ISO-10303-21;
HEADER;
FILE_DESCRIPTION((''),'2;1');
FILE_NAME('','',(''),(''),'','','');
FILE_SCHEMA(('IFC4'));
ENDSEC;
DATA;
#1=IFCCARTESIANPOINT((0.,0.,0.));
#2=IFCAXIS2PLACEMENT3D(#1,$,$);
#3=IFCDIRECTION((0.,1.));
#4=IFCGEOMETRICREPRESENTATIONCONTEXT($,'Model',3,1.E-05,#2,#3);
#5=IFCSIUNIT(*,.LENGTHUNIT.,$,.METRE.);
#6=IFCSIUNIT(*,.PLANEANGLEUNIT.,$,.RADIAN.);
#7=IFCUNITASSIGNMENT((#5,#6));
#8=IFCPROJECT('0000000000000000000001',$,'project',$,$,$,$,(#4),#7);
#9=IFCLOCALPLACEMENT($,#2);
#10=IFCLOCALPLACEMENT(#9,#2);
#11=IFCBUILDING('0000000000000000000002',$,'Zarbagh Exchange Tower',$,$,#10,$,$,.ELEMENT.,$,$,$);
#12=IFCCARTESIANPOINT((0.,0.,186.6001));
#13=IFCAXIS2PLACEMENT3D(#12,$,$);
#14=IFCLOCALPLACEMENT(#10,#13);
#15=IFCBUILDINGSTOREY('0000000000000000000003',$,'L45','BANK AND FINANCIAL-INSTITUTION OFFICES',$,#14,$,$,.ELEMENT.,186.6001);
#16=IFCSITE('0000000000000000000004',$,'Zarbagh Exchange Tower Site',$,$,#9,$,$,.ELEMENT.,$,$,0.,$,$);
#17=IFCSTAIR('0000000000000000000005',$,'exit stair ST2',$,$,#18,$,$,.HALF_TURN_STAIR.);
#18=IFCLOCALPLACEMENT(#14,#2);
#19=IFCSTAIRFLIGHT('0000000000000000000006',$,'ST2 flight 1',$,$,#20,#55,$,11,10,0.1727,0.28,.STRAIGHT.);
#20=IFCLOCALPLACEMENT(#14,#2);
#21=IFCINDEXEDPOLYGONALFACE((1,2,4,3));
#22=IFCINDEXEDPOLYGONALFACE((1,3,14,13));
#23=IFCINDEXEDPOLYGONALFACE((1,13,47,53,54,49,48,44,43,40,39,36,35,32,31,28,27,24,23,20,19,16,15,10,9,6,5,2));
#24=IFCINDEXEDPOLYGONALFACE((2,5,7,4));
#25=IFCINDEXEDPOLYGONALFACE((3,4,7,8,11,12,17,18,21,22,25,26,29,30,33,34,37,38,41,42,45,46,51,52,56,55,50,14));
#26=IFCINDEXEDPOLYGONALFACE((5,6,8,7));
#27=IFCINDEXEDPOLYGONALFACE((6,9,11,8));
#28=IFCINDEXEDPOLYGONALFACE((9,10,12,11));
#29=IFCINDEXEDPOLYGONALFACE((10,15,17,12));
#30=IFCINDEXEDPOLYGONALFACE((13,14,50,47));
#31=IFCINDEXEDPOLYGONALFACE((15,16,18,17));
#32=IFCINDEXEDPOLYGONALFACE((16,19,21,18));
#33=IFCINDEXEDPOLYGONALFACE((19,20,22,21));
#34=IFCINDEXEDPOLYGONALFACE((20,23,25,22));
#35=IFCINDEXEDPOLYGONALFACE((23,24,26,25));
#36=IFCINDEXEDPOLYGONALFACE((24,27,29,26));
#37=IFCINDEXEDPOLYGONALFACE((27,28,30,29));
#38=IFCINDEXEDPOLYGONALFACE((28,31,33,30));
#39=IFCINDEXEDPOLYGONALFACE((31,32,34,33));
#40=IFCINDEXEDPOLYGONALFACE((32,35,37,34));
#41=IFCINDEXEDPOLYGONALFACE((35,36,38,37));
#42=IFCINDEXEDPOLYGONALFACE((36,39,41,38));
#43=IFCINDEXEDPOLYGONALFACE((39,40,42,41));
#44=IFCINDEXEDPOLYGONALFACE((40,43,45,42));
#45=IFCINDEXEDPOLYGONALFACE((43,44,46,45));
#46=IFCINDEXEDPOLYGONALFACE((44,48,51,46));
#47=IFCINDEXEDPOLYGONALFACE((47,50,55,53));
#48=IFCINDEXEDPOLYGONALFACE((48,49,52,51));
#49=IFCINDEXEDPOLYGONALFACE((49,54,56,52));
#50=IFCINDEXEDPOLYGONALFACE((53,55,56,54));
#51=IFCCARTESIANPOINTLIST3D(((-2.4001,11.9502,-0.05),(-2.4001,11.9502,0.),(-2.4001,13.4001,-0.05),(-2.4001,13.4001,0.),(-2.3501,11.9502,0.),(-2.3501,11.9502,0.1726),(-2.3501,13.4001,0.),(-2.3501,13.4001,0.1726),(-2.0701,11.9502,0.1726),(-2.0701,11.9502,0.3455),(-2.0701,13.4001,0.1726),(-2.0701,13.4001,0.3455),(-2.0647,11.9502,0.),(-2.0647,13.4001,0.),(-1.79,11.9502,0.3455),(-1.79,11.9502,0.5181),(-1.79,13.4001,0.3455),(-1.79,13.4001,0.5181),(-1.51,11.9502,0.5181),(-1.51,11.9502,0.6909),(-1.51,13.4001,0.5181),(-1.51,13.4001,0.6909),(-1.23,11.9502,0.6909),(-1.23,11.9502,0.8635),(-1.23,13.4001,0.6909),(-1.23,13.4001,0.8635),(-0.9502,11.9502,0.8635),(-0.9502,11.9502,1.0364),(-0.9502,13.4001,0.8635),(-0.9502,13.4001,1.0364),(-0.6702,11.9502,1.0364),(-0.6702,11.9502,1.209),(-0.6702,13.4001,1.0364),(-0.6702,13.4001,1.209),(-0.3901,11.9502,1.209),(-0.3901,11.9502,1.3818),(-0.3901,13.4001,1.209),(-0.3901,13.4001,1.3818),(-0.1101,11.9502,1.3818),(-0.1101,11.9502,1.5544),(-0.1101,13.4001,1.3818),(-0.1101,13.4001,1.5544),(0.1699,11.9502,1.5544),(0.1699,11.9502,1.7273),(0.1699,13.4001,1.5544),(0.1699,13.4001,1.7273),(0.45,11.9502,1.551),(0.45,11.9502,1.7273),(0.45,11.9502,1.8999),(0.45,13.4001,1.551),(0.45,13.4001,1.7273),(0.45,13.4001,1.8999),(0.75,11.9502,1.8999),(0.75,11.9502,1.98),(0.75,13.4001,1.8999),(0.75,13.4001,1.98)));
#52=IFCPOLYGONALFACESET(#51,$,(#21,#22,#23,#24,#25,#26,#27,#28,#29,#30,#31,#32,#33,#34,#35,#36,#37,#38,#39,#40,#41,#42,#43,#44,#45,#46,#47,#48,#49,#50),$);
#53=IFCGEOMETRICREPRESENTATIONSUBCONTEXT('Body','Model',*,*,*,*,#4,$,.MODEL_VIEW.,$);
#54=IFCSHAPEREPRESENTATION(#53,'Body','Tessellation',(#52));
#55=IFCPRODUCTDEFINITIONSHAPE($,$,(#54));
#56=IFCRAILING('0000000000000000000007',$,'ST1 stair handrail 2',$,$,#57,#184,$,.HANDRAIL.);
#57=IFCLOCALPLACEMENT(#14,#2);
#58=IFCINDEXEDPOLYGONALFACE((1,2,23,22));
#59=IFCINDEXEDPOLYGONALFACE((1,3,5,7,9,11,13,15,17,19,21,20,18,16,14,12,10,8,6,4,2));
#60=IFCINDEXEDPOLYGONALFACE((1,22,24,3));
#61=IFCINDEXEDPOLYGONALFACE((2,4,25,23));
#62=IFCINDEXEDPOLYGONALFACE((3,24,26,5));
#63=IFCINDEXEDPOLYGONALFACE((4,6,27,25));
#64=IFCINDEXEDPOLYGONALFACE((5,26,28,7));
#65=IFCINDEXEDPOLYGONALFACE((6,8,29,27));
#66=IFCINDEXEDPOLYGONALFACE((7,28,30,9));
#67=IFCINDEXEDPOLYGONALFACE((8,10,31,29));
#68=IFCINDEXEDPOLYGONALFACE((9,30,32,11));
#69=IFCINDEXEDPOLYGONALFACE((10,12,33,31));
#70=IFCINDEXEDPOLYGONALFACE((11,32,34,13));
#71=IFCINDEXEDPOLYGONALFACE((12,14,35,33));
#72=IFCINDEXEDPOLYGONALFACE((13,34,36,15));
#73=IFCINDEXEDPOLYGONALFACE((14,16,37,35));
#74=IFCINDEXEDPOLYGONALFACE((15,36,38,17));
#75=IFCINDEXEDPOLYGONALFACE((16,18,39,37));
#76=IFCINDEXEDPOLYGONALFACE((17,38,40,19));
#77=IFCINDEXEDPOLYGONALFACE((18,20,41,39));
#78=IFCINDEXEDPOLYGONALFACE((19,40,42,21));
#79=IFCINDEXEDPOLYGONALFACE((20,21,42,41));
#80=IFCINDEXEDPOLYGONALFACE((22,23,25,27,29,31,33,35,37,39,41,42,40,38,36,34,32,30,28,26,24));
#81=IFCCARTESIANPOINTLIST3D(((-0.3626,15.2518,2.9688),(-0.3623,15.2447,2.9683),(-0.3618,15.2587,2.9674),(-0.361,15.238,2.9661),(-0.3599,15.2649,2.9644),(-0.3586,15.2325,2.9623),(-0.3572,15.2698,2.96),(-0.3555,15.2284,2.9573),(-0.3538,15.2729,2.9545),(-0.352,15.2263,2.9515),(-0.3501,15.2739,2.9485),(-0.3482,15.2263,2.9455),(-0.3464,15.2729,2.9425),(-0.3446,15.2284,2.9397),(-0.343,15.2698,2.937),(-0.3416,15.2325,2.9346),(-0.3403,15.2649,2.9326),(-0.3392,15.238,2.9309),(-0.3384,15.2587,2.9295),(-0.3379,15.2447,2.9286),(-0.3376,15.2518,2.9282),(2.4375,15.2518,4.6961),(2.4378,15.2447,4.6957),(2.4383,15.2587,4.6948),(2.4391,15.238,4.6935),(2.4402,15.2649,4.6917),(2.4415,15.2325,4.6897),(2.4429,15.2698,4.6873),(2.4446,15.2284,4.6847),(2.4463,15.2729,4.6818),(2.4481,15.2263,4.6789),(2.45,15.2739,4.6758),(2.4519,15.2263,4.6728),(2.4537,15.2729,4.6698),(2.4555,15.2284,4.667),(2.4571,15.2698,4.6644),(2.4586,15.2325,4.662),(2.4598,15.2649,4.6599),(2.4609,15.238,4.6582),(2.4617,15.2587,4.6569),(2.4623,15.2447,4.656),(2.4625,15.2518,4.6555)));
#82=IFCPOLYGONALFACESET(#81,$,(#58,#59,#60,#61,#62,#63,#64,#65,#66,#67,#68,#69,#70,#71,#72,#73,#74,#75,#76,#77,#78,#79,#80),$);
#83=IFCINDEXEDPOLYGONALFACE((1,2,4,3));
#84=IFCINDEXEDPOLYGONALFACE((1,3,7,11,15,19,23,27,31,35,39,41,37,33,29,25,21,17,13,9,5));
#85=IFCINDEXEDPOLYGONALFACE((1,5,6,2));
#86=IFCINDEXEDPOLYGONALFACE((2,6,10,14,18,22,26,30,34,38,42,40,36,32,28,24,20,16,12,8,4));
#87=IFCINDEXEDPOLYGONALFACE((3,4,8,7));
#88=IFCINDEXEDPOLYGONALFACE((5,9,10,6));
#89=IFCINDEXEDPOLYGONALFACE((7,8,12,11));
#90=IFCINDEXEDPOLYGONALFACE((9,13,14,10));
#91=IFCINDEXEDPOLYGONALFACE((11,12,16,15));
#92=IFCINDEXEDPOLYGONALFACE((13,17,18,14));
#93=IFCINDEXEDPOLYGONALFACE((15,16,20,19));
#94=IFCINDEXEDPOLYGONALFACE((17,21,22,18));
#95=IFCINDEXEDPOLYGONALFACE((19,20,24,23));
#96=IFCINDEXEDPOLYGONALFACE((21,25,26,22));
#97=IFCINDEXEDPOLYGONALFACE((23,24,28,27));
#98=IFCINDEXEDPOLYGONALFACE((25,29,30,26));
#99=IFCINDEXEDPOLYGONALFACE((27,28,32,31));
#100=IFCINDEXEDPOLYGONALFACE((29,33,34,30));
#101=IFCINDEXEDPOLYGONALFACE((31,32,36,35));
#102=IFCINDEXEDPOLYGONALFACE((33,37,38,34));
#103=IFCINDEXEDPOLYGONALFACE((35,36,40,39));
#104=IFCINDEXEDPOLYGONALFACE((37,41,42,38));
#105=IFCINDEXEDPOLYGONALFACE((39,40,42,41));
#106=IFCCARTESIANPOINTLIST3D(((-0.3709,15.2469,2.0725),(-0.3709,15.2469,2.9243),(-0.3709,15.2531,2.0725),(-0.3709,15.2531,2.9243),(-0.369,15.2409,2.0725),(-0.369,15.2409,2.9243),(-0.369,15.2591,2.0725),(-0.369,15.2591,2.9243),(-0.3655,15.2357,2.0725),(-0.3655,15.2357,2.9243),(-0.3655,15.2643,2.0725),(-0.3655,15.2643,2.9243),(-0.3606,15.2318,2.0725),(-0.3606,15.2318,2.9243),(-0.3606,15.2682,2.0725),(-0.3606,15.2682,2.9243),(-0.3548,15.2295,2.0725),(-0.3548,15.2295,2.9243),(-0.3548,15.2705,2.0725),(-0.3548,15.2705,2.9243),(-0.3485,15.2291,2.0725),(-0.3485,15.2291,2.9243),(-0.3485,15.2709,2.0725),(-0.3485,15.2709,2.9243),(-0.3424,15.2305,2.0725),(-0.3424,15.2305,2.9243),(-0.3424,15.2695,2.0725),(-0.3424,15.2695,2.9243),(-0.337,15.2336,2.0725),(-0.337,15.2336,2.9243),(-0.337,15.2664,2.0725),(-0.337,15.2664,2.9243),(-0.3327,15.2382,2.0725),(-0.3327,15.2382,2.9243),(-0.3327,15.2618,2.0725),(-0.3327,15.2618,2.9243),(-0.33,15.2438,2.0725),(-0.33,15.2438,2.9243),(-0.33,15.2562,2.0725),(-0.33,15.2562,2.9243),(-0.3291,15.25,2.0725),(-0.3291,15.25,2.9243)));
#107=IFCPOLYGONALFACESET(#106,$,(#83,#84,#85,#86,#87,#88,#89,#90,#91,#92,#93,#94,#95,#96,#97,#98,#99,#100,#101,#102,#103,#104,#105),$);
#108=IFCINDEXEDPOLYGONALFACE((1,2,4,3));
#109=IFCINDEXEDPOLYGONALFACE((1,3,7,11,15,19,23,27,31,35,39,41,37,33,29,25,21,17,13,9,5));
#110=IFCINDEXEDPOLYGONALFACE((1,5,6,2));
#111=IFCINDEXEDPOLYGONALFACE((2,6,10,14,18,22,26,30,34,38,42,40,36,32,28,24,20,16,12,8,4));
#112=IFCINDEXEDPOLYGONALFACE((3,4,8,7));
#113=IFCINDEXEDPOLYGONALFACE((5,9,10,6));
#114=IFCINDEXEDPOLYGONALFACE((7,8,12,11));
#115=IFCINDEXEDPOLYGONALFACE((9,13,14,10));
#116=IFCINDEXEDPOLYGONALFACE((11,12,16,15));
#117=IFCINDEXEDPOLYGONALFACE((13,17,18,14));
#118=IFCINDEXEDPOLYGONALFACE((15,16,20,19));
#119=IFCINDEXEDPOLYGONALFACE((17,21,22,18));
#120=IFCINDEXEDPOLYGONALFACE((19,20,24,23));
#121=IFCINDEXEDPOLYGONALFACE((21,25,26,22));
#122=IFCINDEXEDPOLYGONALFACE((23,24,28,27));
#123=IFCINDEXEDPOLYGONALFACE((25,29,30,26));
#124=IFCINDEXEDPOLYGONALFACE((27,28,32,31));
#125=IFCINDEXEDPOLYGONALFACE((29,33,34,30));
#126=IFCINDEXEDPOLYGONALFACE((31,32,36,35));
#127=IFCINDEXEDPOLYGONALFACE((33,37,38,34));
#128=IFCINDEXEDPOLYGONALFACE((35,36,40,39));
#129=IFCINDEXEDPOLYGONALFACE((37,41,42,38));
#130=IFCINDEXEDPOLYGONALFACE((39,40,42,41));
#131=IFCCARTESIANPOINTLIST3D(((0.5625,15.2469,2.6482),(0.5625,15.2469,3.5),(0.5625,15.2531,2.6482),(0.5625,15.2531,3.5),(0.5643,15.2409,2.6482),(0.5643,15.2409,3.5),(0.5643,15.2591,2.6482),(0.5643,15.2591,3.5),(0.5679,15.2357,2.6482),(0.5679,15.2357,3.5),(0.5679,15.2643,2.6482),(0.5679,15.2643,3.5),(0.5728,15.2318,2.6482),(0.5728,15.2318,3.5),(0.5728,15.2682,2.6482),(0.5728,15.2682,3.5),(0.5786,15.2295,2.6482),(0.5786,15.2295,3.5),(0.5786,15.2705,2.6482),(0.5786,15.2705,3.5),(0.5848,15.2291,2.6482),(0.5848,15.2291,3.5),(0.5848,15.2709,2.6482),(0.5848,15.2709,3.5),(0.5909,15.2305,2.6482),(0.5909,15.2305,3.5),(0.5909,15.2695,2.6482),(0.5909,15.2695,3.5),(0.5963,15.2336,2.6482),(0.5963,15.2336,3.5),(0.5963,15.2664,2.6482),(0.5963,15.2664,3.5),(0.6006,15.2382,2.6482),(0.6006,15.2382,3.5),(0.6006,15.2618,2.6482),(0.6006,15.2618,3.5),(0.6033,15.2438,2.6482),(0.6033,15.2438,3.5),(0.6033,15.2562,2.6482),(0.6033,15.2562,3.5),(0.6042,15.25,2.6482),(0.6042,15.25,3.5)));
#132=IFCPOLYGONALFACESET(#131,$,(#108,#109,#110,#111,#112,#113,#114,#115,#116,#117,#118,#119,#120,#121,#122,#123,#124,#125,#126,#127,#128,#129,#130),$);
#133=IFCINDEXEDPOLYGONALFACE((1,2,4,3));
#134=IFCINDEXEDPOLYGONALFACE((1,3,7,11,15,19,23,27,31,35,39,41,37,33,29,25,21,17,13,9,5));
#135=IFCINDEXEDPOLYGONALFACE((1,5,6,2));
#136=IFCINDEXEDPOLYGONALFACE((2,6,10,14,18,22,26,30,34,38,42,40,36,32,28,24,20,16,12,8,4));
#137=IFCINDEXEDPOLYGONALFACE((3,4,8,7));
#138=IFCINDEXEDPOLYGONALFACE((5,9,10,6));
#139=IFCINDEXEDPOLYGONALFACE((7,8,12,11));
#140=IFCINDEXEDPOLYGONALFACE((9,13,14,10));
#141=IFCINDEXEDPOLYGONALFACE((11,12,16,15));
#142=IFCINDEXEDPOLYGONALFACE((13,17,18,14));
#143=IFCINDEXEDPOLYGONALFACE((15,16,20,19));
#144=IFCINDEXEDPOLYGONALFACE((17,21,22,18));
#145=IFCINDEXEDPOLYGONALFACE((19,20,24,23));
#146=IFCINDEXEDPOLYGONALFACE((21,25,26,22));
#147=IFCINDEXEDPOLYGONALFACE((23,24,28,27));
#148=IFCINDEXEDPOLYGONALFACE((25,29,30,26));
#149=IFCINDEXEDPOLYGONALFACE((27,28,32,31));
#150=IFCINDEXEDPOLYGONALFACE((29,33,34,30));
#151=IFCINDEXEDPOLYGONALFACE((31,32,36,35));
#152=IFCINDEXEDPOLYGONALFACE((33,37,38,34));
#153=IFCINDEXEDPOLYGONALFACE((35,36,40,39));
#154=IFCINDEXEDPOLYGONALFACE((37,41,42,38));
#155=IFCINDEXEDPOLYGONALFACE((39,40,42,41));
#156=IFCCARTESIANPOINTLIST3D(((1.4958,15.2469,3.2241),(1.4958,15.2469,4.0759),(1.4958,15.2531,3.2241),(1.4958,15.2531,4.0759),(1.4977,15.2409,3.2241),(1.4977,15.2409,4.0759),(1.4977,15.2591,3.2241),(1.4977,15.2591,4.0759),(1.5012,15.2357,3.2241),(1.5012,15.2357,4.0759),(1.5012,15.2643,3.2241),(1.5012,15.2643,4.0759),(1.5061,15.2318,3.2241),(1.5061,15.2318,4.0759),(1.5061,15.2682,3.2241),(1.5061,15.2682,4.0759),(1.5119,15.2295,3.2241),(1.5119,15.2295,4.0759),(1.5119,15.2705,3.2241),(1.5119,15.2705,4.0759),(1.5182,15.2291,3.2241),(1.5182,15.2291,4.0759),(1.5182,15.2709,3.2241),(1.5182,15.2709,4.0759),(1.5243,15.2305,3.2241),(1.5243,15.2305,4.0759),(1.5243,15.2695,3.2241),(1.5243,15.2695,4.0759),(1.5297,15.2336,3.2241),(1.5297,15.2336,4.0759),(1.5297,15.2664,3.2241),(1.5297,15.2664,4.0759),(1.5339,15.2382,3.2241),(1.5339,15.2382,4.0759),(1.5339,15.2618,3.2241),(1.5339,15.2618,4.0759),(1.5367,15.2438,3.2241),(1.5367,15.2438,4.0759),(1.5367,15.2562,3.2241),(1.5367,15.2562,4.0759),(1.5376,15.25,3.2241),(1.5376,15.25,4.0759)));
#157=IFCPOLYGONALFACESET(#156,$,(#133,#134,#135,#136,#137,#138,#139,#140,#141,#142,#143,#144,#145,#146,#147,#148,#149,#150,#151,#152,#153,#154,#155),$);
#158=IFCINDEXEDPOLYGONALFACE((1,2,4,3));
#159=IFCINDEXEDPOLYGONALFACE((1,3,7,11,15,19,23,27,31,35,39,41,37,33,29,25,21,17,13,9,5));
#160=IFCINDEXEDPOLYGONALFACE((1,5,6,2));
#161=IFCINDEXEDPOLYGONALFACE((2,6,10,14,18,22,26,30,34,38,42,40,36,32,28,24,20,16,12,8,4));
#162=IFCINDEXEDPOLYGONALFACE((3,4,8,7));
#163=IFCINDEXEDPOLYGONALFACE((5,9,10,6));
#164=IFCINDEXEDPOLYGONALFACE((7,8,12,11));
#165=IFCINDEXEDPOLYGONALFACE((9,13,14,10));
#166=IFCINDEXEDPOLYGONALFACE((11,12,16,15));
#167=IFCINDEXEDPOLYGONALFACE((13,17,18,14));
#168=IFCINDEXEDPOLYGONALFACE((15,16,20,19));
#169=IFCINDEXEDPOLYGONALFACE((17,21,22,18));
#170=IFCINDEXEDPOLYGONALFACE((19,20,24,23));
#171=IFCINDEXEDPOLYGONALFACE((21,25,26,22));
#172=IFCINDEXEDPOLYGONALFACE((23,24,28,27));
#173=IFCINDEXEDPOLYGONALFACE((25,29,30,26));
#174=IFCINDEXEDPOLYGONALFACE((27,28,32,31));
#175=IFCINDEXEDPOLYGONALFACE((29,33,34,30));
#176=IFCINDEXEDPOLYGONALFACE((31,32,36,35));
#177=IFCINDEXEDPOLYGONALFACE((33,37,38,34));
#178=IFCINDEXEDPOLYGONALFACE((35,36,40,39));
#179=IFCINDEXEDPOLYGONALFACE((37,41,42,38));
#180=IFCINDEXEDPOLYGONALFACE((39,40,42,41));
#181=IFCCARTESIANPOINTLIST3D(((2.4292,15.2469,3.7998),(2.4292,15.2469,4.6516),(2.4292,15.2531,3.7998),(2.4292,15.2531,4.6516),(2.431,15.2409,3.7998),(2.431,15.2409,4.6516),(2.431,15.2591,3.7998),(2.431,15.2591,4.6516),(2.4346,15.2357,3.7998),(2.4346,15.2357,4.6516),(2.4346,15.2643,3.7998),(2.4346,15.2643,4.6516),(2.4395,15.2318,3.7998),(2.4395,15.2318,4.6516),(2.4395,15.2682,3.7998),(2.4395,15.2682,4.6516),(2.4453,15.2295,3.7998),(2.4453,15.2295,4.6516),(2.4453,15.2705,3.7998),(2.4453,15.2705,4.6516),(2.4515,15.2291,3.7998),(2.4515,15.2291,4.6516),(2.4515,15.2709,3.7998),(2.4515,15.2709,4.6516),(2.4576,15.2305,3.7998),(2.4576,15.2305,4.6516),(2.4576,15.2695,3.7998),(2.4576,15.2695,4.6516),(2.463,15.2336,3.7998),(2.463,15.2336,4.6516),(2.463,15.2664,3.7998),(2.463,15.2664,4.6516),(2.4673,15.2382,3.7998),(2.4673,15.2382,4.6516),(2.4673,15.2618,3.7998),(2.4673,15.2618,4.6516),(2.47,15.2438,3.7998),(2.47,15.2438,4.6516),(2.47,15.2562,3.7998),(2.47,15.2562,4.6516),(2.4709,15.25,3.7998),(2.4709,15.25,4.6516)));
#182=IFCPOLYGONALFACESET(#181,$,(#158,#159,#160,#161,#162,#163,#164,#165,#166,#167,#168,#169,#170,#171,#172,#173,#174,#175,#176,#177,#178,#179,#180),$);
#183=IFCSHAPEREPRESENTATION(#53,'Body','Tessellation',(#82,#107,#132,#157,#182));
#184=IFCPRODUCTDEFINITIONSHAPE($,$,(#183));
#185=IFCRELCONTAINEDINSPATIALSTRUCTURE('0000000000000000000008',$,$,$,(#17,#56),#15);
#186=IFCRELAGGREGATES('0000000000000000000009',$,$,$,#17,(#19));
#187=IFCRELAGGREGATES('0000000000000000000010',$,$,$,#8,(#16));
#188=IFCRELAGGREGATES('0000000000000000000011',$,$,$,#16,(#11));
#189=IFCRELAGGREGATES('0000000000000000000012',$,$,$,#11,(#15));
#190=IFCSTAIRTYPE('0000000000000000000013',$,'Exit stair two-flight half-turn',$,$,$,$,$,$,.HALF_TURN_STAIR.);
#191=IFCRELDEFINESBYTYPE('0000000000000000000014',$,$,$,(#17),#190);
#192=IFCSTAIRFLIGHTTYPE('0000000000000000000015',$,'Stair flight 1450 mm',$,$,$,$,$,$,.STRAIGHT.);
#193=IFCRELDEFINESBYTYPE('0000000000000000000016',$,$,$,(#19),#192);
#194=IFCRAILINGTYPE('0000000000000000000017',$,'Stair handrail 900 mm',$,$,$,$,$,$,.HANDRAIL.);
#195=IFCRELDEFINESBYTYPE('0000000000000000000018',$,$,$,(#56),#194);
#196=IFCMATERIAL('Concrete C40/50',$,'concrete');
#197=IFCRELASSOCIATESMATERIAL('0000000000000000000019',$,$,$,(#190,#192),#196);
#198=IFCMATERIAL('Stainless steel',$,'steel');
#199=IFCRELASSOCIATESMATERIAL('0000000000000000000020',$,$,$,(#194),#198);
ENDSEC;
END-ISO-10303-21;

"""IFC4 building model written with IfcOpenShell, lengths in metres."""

from ifc_helpers import new_model, si_unit, direction, frame, origin, origin_2d, place, context, subcontext, project, spatial, polyline, circle, outline, extrude, material, type_object, element, aggregate, save


model = new_model("IFC4")

# Units and contexts
model_context = context("Model", 3, precision=1e-05, world=origin(), true_north=direction((0.0, 1.0)))
body_context = subcontext(model_context, "Body", "Model", "MODEL_VIEW")
ifc_project = project(units=[si_unit("LENGTHUNIT", "METRE"), si_unit("PLANEANGLEUNIT", "RADIAN")], contexts=[model_context])

# Site, building, storey
site_placement = place(None, origin())
site = spatial("IfcSite", under=ifc_project, at=site_placement, Name="Zarbagh Exchange Tower Site", CompositionType="ELEMENT", RefElevation=0.0)
building_placement = place(site_placement, origin())
building = spatial("IfcBuilding", under=site, at=building_placement, Name="Zarbagh Exchange Tower", CompositionType="ELEMENT")
storey_placement = place(building_placement, frame((0.0, 0.0, 186.6001)))
storey = spatial("IfcBuildingStorey", under=building, at=storey_placement, Name="L45", Description="BANK AND FINANCIAL-INSTITUTION OFFICES", CompositionType="ELEMENT", Elevation=186.6001)

# Stair, stair flight
ifc_material_1 = material(Name="Concrete C40/50", Category="concrete")
stair_type = type_object("IfcStairType", Name="Exit stair two-flight half-turn", PredefinedType="HALF_TURN_STAIR", material=ifc_material_1)
stair_1_placement = place(storey_placement, origin())
stair_1 = element("IfcStair", 1, at=stair_1_placement, inside=storey, type_object=stair_type, Name="exit stair ST2", PredefinedType="HALF_TURN_STAIR")
stair_flight_type_1 = type_object("IfcStairFlightType", Name="Stair flight 1450 mm", PredefinedType="STRAIGHT", material=ifc_material_1)
stair_flight_1_placement = place(storey_placement, frame((-2.3501, 12.675, 0.0), z_axis=(0.0, 0.0, 1.0), x_axis=(1.0, 0.0, 0.0)))
stair_flight_1 = element("IfcStairFlight", 2, at=stair_flight_1_placement, type_object=stair_flight_type_1, Name="ST2 flight 1", NumberOfRisers=11, NumberOfTreads=10, PredefinedType="STRAIGHT", RiserHeight=0.1727, TreadLength=0.28, context=body_context, shape_type="SweptSolid", body=[
    extrude(outline(polyline([(-0.05, -0.05), (-0.05, 0.0), (0.0, 0.0), (0.0, 0.1726), (0.28, 0.1726), (0.28, 0.3455), (0.5601, 0.3455), (0.5601, 0.5181), (0.8401, 0.5181), (0.8401, 0.6909), (1.1201, 0.6909), (1.1201, 0.8635), (1.3999, 0.8635), (1.3999, 1.0364), (1.6799, 1.0364), (1.6799, 1.209), (1.96, 1.209), (1.96, 1.3818), (2.24, 1.3818), (2.24, 1.5544), (2.52, 1.5544), (2.52, 1.7273), (2.8, 1.7273), (2.8, 1.8999), (3.1001, 1.98), (3.1001, 1.8999), (2.8, 1.551), (0.2854, 0.0), (-0.05, -0.05)])), frame((0.0, 0.7251, 0.0), z_axis=(0.0, -1.0, 0.0), x_axis=(1.0, 0.0, 0.0)), (0.0, 0.0, 1.0), 1.45),
])
aggregate(stair_1, [stair_flight_1])

# Railing
ifc_material_2 = material(Name="Stainless steel", Category="steel")
railing_type_1 = type_object("IfcRailingType", Name="Stair handrail 900 mm", PredefinedType="HANDRAIL", material=ifc_material_2)
railing_1_placement = place(storey_placement, frame((-0.3501, 15.25, 2.0725)))
element("IfcRailing", 3, at=railing_1_placement, inside=storey, type_object=railing_type_1, Name="ST1 stair handrail 2", PredefinedType="HANDRAIL", context=body_context, shape_type="SweptSolid", body=[
    extrude(circle(Radius=0.0239, at=origin_2d()), frame((0.0, 0.0, 0.876), z_axis=(0.85109, 0.0, 0.52502), x_axis=(0.0, 1.0, 0.0)), (0.0, 0.0, 1.0), 3.29),
    extrude(circle(Radius=0.021, at=origin_2d()), origin(), (0.0, 0.0, 1.0), 0.8518),
    extrude(circle(Radius=0.021, at=origin_2d()), frame((0.9333, 0.0, 0.5757)), (0.0, 0.0, 1.0), 0.8518),
    extrude(circle(Radius=0.021, at=origin_2d()), frame((1.8667, 0.0, 1.1516)), (0.0, 0.0, 1.0), 0.8518),
    extrude(circle(Radius=0.021, at=origin_2d()), frame((2.8, 0.0, 1.7273)), (0.0, 0.0, 1.0), 0.8518),
])

save(model, "model.ifc")
